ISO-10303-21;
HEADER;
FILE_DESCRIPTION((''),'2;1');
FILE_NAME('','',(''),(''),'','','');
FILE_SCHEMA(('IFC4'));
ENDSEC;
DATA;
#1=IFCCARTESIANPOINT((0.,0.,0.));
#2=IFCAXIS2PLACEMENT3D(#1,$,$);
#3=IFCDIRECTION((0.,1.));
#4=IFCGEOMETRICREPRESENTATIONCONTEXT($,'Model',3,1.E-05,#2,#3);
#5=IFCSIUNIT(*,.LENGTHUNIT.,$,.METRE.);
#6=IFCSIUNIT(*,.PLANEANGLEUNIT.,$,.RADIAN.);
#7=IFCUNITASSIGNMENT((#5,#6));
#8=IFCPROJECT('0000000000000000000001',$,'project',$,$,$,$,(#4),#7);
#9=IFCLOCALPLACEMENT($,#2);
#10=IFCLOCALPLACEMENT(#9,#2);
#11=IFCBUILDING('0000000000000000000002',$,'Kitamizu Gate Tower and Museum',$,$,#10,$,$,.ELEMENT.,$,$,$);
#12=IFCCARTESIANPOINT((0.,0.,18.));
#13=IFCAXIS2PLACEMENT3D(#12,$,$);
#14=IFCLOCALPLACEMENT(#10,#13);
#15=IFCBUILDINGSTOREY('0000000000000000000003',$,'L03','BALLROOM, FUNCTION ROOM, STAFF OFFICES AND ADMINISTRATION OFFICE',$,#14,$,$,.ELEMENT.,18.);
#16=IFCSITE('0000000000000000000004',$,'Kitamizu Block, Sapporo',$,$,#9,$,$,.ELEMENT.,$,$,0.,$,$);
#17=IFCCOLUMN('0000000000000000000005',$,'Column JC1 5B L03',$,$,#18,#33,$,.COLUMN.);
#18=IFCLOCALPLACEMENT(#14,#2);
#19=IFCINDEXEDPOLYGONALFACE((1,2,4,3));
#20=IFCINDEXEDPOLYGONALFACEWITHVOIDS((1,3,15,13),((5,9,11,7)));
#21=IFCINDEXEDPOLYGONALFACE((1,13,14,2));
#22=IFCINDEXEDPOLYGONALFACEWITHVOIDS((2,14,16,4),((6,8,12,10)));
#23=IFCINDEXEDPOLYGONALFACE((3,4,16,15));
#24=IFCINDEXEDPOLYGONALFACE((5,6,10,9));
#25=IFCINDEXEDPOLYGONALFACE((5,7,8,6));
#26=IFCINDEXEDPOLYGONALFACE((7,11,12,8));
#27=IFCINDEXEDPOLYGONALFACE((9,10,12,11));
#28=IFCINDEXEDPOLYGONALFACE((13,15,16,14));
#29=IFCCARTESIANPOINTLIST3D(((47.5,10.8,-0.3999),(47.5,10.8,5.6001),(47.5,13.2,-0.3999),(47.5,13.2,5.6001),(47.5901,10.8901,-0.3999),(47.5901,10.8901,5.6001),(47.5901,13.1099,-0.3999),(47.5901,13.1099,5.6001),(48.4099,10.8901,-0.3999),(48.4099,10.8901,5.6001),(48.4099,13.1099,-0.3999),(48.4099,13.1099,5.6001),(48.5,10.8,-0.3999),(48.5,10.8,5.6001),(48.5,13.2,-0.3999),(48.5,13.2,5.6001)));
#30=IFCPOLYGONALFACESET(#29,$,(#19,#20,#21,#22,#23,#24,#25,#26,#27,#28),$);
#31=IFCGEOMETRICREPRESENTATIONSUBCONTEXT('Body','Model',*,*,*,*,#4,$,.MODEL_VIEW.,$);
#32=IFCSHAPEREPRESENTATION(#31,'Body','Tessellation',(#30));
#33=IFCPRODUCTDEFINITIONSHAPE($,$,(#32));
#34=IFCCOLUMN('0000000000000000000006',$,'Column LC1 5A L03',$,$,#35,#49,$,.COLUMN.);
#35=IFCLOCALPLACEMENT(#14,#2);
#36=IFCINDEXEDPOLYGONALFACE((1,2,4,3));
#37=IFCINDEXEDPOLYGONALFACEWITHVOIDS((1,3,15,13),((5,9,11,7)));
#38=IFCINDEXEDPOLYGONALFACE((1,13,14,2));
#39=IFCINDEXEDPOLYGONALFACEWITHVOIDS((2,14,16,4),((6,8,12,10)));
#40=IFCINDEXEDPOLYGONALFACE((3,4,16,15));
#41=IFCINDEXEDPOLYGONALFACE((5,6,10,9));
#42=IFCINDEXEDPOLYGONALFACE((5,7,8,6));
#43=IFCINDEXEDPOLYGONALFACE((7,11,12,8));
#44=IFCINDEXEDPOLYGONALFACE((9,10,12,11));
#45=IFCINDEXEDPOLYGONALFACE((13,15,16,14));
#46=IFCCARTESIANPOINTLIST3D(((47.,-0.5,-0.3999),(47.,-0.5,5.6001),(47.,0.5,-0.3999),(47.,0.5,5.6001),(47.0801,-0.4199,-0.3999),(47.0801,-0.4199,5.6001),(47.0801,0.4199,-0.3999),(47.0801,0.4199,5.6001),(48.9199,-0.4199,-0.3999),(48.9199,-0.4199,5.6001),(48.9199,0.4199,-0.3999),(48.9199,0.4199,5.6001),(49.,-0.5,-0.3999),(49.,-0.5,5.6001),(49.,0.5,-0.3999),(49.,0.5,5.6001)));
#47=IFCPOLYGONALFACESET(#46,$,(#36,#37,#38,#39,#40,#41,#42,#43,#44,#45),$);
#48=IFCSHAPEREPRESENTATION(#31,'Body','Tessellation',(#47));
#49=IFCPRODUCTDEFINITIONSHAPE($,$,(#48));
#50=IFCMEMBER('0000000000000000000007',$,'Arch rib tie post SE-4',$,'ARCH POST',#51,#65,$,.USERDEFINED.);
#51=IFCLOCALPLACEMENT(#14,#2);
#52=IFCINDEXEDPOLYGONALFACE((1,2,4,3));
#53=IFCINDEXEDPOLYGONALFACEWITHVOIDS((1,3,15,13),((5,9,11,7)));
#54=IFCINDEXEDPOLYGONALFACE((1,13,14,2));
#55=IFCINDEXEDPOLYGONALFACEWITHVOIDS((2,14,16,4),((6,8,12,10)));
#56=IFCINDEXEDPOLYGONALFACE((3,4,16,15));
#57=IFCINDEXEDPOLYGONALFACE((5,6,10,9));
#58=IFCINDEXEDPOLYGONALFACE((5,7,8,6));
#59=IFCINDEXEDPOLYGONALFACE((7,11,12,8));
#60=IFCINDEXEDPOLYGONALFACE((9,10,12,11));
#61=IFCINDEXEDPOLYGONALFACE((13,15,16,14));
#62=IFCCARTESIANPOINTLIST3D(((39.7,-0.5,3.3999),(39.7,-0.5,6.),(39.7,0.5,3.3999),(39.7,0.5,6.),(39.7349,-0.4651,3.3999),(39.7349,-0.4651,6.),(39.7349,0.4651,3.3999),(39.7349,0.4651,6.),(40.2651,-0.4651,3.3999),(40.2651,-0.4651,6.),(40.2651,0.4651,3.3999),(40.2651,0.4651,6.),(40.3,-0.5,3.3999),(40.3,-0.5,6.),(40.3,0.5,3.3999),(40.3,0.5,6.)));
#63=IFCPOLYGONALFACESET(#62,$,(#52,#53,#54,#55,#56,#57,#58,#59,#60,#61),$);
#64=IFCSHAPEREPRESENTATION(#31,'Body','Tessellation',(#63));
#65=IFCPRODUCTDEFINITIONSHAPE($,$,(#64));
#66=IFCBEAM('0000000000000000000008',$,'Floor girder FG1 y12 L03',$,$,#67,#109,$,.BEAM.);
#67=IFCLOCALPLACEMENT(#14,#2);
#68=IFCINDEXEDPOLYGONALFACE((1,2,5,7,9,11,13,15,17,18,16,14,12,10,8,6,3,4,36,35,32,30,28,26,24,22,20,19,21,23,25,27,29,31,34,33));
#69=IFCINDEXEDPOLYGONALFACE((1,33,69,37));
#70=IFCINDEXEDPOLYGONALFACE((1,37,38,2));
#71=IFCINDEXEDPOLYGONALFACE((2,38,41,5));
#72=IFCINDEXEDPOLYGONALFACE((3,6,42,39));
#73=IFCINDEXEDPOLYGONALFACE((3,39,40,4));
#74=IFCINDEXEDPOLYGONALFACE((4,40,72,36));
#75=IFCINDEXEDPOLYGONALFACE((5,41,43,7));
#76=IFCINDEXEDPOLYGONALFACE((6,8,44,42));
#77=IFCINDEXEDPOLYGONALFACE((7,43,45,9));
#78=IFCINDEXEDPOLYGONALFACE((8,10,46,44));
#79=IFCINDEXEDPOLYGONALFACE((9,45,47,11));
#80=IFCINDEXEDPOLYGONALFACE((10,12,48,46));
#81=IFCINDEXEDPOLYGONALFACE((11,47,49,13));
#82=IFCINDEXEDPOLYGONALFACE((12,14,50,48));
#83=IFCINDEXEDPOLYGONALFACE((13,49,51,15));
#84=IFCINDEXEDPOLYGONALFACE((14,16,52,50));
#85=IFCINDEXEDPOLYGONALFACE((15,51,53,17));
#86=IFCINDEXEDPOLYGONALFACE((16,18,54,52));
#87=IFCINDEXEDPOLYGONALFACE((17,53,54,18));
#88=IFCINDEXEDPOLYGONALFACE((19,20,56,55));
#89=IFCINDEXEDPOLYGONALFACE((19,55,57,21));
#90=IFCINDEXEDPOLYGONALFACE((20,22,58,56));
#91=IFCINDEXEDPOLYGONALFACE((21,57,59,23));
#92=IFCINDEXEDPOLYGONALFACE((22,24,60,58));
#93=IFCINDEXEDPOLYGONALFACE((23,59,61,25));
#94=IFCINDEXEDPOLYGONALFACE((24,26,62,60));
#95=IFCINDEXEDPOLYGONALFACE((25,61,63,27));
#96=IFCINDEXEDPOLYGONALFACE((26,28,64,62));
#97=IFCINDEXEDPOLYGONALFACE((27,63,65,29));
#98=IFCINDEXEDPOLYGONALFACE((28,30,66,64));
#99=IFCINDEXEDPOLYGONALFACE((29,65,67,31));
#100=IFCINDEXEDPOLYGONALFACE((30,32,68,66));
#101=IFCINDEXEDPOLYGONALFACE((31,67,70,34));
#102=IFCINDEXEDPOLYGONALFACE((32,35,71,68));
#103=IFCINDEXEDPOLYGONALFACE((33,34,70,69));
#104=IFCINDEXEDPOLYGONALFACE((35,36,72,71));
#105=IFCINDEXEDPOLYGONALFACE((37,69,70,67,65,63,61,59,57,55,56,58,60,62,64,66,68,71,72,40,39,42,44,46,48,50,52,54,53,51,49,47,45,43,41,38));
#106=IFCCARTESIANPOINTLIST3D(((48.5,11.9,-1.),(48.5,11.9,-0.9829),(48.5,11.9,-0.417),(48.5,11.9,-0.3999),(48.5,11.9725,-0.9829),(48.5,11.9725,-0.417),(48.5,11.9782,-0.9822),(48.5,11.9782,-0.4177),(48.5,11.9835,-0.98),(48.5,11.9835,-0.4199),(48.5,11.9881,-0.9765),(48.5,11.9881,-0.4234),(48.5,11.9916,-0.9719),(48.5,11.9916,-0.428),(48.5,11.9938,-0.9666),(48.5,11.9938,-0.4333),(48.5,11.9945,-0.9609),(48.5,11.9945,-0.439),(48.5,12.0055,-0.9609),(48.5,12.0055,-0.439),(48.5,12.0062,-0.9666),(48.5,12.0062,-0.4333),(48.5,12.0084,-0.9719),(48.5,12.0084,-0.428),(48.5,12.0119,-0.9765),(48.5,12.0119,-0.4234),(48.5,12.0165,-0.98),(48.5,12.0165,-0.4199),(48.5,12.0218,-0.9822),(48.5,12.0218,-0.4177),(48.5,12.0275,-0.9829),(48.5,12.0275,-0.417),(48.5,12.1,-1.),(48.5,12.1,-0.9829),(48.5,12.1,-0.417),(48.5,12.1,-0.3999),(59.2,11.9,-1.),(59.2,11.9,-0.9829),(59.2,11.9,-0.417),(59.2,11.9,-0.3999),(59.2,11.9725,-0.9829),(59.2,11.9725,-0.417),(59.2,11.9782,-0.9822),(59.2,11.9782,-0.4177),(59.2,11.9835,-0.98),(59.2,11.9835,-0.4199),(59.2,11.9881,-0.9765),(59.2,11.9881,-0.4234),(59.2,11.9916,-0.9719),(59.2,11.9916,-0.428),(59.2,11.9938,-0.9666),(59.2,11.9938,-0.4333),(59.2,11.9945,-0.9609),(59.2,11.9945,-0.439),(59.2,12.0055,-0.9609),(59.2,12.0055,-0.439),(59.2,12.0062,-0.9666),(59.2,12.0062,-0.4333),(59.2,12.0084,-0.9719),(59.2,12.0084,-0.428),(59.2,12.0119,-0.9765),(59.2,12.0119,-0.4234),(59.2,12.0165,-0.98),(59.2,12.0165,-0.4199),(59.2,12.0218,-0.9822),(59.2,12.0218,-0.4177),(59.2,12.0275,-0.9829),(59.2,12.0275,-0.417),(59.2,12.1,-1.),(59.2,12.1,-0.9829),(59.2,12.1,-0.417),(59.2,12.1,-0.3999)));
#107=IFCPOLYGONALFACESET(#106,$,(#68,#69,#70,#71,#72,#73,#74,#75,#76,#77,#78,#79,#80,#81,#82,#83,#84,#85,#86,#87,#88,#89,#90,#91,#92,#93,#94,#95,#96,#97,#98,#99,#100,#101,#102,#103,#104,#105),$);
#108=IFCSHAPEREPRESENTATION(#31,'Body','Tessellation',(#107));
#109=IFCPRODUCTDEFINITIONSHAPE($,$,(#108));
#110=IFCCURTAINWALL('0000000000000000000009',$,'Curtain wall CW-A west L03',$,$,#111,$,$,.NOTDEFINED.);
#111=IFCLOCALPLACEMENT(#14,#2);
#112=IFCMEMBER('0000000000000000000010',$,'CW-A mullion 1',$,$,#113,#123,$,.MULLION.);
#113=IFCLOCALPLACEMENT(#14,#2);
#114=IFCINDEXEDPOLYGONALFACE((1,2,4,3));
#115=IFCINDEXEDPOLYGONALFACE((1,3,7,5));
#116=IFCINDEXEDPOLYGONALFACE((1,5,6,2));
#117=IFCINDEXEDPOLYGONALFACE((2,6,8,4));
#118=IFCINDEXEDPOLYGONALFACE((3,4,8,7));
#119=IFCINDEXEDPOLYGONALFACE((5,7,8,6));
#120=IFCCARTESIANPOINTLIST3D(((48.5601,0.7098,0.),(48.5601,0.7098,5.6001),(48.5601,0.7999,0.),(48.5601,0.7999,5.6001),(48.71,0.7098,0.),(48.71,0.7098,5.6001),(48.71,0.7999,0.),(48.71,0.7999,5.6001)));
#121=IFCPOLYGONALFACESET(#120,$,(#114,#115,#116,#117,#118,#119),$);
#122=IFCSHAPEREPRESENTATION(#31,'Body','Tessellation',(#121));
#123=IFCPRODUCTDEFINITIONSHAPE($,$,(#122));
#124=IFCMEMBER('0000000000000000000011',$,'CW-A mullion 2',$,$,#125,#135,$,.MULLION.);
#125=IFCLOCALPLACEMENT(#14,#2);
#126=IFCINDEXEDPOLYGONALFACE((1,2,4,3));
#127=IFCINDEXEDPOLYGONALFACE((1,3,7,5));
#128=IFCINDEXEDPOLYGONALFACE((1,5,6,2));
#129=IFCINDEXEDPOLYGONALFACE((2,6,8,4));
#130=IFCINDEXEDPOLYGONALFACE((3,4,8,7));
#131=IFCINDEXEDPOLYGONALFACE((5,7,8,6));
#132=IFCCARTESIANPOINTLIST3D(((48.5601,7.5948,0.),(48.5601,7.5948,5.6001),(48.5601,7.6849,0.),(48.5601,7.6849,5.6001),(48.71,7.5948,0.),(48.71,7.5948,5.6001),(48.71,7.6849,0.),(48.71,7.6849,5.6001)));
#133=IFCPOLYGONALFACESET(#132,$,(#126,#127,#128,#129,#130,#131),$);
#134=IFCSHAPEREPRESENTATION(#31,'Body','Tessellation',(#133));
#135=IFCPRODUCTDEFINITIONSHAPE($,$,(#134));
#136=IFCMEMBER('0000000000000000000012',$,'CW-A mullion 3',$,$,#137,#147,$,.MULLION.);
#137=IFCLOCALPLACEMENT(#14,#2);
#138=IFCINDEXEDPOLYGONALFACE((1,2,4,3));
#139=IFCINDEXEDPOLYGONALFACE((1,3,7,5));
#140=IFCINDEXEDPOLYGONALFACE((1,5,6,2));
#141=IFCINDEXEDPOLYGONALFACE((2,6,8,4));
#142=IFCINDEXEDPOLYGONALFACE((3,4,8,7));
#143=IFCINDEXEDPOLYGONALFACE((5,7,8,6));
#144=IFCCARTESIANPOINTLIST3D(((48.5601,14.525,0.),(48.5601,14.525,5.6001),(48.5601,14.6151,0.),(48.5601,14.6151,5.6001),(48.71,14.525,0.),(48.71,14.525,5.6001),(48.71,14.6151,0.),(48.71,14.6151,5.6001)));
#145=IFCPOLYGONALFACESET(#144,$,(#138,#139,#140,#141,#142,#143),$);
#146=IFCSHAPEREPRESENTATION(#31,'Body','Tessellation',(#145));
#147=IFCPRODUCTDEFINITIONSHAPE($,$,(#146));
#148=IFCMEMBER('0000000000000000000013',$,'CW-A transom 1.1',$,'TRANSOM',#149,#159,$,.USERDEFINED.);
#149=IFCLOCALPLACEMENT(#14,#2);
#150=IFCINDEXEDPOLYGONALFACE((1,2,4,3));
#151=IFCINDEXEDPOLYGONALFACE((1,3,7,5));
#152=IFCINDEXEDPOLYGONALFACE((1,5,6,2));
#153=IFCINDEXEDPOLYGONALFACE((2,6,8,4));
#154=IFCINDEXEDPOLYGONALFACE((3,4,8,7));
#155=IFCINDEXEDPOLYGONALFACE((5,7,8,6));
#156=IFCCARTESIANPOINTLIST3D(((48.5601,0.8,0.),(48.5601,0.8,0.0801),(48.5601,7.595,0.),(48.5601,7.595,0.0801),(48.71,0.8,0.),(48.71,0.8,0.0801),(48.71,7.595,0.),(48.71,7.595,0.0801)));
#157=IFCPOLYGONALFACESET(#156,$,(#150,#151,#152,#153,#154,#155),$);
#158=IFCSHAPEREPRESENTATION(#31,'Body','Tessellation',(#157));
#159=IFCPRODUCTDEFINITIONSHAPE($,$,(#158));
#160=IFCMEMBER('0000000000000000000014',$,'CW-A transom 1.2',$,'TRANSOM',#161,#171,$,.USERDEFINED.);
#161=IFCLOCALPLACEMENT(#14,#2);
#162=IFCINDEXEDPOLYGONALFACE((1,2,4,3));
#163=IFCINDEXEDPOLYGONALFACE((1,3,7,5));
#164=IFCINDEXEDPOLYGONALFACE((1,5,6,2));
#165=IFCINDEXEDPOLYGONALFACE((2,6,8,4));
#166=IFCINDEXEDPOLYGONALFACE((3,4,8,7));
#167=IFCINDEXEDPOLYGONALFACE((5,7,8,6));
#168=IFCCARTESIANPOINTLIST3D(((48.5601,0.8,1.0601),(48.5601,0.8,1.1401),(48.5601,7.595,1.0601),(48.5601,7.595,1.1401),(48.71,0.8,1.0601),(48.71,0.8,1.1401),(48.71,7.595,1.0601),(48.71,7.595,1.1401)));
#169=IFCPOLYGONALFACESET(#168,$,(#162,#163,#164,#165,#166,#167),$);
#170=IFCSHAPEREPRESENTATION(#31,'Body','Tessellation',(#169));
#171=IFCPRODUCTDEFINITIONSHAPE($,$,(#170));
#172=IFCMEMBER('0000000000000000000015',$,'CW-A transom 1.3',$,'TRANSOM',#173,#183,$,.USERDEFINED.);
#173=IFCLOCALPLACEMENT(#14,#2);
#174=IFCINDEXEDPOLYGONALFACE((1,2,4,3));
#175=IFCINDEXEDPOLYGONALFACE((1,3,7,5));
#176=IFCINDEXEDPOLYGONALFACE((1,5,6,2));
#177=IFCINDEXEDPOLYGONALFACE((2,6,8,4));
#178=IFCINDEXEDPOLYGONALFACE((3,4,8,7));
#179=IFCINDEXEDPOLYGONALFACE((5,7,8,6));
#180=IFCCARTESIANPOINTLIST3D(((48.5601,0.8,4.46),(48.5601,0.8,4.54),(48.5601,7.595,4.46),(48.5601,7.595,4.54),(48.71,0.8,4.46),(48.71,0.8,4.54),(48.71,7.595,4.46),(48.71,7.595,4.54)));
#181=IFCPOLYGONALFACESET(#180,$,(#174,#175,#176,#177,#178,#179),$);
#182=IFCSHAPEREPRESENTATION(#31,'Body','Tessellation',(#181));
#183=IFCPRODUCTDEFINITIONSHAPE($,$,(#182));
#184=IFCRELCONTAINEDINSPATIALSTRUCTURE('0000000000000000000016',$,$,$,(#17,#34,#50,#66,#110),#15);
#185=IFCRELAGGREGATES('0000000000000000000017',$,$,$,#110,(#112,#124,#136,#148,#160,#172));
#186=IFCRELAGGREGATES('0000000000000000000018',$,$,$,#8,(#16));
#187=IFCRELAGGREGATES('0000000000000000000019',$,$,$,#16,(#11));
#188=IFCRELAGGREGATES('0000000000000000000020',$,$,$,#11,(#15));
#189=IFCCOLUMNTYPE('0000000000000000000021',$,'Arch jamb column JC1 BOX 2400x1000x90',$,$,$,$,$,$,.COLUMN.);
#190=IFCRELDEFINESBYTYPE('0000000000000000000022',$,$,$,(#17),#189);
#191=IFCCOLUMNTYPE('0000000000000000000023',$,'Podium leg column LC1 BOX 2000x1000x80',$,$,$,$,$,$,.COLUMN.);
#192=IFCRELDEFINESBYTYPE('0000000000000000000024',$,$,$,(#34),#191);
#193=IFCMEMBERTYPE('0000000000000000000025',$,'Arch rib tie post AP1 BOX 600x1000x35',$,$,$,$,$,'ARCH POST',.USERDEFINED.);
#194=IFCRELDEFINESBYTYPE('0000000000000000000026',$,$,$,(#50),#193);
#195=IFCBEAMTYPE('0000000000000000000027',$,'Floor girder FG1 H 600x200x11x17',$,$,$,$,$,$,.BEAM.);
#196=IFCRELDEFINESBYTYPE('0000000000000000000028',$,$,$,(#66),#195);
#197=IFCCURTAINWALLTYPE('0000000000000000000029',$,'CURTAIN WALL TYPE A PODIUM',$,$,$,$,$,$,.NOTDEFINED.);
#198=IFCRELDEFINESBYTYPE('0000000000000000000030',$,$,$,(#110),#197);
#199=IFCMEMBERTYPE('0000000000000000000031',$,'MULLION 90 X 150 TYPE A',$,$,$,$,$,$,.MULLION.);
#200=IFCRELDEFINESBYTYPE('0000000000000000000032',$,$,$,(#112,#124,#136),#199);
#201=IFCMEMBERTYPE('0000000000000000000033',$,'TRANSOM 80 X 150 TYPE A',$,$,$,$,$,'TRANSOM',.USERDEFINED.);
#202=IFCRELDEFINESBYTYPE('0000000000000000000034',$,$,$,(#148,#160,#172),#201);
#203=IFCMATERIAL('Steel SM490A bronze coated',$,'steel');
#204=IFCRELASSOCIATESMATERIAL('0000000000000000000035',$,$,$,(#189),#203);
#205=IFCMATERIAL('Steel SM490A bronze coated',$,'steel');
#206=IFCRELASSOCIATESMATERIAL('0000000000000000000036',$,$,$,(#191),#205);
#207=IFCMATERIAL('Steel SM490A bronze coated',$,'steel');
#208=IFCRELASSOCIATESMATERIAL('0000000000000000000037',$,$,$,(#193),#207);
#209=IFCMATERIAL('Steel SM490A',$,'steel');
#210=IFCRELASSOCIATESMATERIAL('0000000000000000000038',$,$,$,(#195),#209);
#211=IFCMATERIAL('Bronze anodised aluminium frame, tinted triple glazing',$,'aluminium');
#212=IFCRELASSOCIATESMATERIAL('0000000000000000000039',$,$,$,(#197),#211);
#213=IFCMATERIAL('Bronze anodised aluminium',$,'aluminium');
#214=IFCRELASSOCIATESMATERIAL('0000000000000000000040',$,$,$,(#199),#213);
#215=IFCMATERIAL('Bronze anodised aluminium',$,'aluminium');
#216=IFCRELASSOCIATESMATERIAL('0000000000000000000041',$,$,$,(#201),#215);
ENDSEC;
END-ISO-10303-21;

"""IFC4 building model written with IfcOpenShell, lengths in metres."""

from ifc_helpers import new_model, si_unit, direction, frame, origin, origin_2d, place, context, subcontext, project, spatial, rectangle, hollow_rectangle, i_section, extrude, material, material_profile, profile_set, type_object, element, aggregate, save


model = new_model("IFC4")

# Units and contexts
model_context = context("Model", 3, precision=1e-05, world=origin(), true_north=direction((0.0, 1.0)))
body_context = subcontext(model_context, "Body", "Model", "MODEL_VIEW")
ifc_project = project(units=[si_unit("LENGTHUNIT", "METRE"), si_unit("PLANEANGLEUNIT", "RADIAN")], contexts=[model_context])

# Site, building, storey
site_placement = place(None, origin())
site = spatial("IfcSite", under=ifc_project, at=site_placement, Name="Kitamizu Block, Sapporo", CompositionType="ELEMENT", RefElevation=0.0)
building_placement = place(site_placement, origin())
building = spatial("IfcBuilding", under=site, at=building_placement, Name="Kitamizu Gate Tower and Museum", CompositionType="ELEMENT")
storey_placement = place(building_placement, frame((0.0, 0.0, 18.0)))
storey = spatial("IfcBuildingStorey", under=building, at=storey_placement, Name="L03", Description="BALLROOM, FUNCTION ROOM, STAFF OFFICES AND ADMINISTRATION OFFICE", CompositionType="ELEMENT", Elevation=18.0)

# Columns
ifc_material_1 = material(Name="Steel SM490A bronze coated", Category="steel")
ifc_material_profile_1 = material_profile(ifc_material_1, hollow_rectangle(XDim=2.3999, YDim=1.0, WallThickness=0.0901, at=origin_2d()), Name="BOX 2400x1000x90")
ifc_profile_set_1 = profile_set([ifc_material_profile_1], Name="Steel SM490A bronze coated")
column_type_1 = type_object("IfcColumnType", Name="Arch jamb column JC1 BOX 2400x1000x90", PredefinedType="COLUMN", material=ifc_profile_set_1)
column_1_placement = place(storey_placement, frame((48.0, 12.0, -0.3999), z_axis=(0.0, 0.0, 1.0), x_axis=(0.0, 1.0, 0.0)))
element("IfcColumn", 1, at=column_1_placement, inside=storey, type_object=column_type_1, Name="Column JC1 5B L03", PredefinedType="COLUMN", context=body_context, shape_type="SweptSolid", body=[
    extrude(hollow_rectangle(XDim=2.3999, YDim=1.0, WallThickness=0.0901, at=origin_2d()), origin(), (0.0, 0.0, 1.0), 6.0),
])
ifc_material_2 = material(Name="Steel SM490A bronze coated", Category="steel")
ifc_material_profile_2 = material_profile(ifc_material_2, hollow_rectangle(XDim=2.0, YDim=1.0, WallThickness=0.0801, at=origin_2d()), Name="BOX 2000x1000x80")
ifc_profile_set_2 = profile_set([ifc_material_profile_2], Name="Steel SM490A bronze coated")
column_type_2 = type_object("IfcColumnType", Name="Podium leg column LC1 BOX 2000x1000x80", PredefinedType="COLUMN", material=ifc_profile_set_2)
column_2_placement = place(storey_placement, frame((48.0, 0.0, -0.3999), z_axis=(0.0, 0.0, 1.0), x_axis=(1.0, 0.0, 0.0)))
element("IfcColumn", 2, at=column_2_placement, inside=storey, type_object=column_type_2, Name="Column LC1 5A L03", PredefinedType="COLUMN", context=body_context, shape_type="SweptSolid", body=[
    extrude(hollow_rectangle(XDim=2.0, YDim=1.0, WallThickness=0.0801, at=origin_2d()), origin(), (0.0, 0.0, 1.0), 6.0),
])

# Member
ifc_material_3 = material(Name="Steel SM490A bronze coated", Category="steel")
ifc_material_profile_3 = material_profile(ifc_material_3, hollow_rectangle(XDim=0.6001, YDim=1.0, WallThickness=0.0349, at=origin_2d()), Name="BOX 600x1000x35")
ifc_profile_set_3 = profile_set([ifc_material_profile_3], Name="Steel SM490A bronze coated")
member_type_1 = type_object("IfcMemberType", Name="Arch rib tie post AP1 BOX 600x1000x35", ElementType="ARCH POST", PredefinedType="USERDEFINED", material=ifc_profile_set_3)
member_1_placement = place(storey_placement, frame((40.0, 0.0, 3.3999), z_axis=(0.0, 0.0, 1.0), x_axis=(1.0, 0.0, 0.0)))
element("IfcMember", 3, at=member_1_placement, inside=storey, type_object=member_type_1, Name="Arch rib tie post SE-4", ObjectType="ARCH POST", PredefinedType="USERDEFINED", context=body_context, shape_type="SweptSolid", body=[
    extrude(hollow_rectangle(XDim=0.6001, YDim=1.0, WallThickness=0.0349, at=origin_2d()), origin(), (0.0, 0.0, 1.0), 2.6001),
])

# Beam
ifc_material_4 = material(Name="Steel SM490A", Category="steel")
ifc_material_profile_4 = material_profile(ifc_material_4, i_section(OverallWidth=0.2, OverallDepth=0.6001, WebThickness=0.011, FlangeThickness=0.0171, FilletRadius=0.022, at=origin_2d()), Name="H-600x200x11x17")
ifc_profile_set_4 = profile_set([ifc_material_profile_4], Name="Steel SM490A")
beam_type = type_object("IfcBeamType", Name="Floor girder FG1 H 600x200x11x17", PredefinedType="BEAM", material=ifc_profile_set_4)
beam_placement = place(storey_placement, frame((48.5, 12.0, -0.7), z_axis=(1.0, 0.0, 0.0), x_axis=(0.0, 1.0, 0.0)))
element("IfcBeam", 4, at=beam_placement, inside=storey, type_object=beam_type, Name="Floor girder FG1 y12 L03", PredefinedType="BEAM", context=body_context, shape_type="SweptSolid", body=[
    extrude(i_section(OverallWidth=0.2, OverallDepth=0.6001, WebThickness=0.011, FlangeThickness=0.0171, FilletRadius=0.022, at=origin_2d()), origin(), (0.0, 0.0, 1.0), 10.7),
])

# Curtain wall, members
ifc_material_5 = material(Name="Bronze anodised aluminium frame, tinted triple glazing", Category="aluminium")
curtain_wall_type = type_object("IfcCurtainWallType", Name="CURTAIN WALL TYPE A PODIUM", PredefinedType="NOTDEFINED", material=ifc_material_5)
curtain_wall_placement = place(storey_placement, origin())
curtain_wall = element("IfcCurtainWall", 5, at=curtain_wall_placement, inside=storey, type_object=curtain_wall_type, Name="Curtain wall CW-A west L03", PredefinedType="NOTDEFINED")
ifc_material_6 = material(Name="Bronze anodised aluminium", Category="aluminium")
ifc_material_profile_5 = material_profile(ifc_material_6, rectangle(XDim=0.0901, YDim=0.1499, at=origin_2d()), Name="AL 90X150")
ifc_profile_set_5 = profile_set([ifc_material_profile_5], Name="Bronze anodised aluminium")
member_type_2 = type_object("IfcMemberType", Name="MULLION 90 X 150 TYPE A", PredefinedType="MULLION", material=ifc_profile_set_5)
member_2_placement = place(storey_placement, frame((48.635, 0.7549, 0.0), z_axis=(0.0, 0.0, 1.0), x_axis=(0.0, 1.0, 0.0)))
member_2 = element("IfcMember", 6, at=member_2_placement, type_object=member_type_2, Name="CW-A mullion 1", PredefinedType="MULLION", context=body_context, shape_type="SweptSolid", body=[
    extrude(rectangle(XDim=0.0901, YDim=0.1499, at=origin_2d()), origin(), (0.0, 0.0, 1.0), 5.6001),
])
member_3_placement = place(storey_placement, frame((48.635, 7.6399, 0.0), z_axis=(0.0, 0.0, 1.0), x_axis=(0.0, 1.0, 0.0)))
member_3 = element("IfcMember", 7, at=member_3_placement, type_object=member_type_2, Name="CW-A mullion 2", PredefinedType="MULLION", context=body_context, shape_type="SweptSolid", body=[
    extrude(rectangle(XDim=0.0901, YDim=0.1499, at=origin_2d()), origin(), (0.0, 0.0, 1.0), 5.6001),
])
member_4_placement = place(storey_placement, frame((48.635, 14.5701, 0.0), z_axis=(0.0, 0.0, 1.0), x_axis=(0.0, 1.0, 0.0)))
member_4 = element("IfcMember", 8, at=member_4_placement, type_object=member_type_2, Name="CW-A mullion 3", PredefinedType="MULLION", context=body_context, shape_type="SweptSolid", body=[
    extrude(rectangle(XDim=0.0901, YDim=0.1499, at=origin_2d()), origin(), (0.0, 0.0, 1.0), 5.6001),
])
ifc_material_7 = material(Name="Bronze anodised aluminium", Category="aluminium")
ifc_material_profile_6 = material_profile(ifc_material_7, rectangle(XDim=0.1499, YDim=0.0801, at=origin_2d()), Name="AL 80X150")
ifc_profile_set_6 = profile_set([ifc_material_profile_6], Name="Bronze anodised aluminium")
member_type_3 = type_object("IfcMemberType", Name="TRANSOM 80 X 150 TYPE A", ElementType="TRANSOM", PredefinedType="USERDEFINED", material=ifc_profile_set_6)
member_5_placement = place(storey_placement, frame((48.635, 0.8, 0.04), z_axis=(0.0, 1.0, 0.0), x_axis=(-1.0, 0.0, 0.0)))
member_5 = element("IfcMember", 9, at=member_5_placement, type_object=member_type_3, Name="CW-A transom 1.1", ObjectType="TRANSOM", PredefinedType="USERDEFINED", context=body_context, shape_type="SweptSolid", body=[
    extrude(rectangle(XDim=0.1499, YDim=0.0801, at=origin_2d()), origin(), (0.0, 0.0, 1.0), 6.7949),
])
member_6_placement = place(storey_placement, frame((48.635, 0.8, 1.1001), z_axis=(0.0, 1.0, 0.0), x_axis=(-1.0, 0.0, 0.0)))
member_6 = element("IfcMember", 10, at=member_6_placement, type_object=member_type_3, Name="CW-A transom 1.2", ObjectType="TRANSOM", PredefinedType="USERDEFINED", context=body_context, shape_type="SweptSolid", body=[
    extrude(rectangle(XDim=0.1499, YDim=0.0801, at=origin_2d()), origin(), (0.0, 0.0, 1.0), 6.7949),
])
member_7_placement = place(storey_placement, frame((48.635, 0.8, 4.5), z_axis=(0.0, 1.0, 0.0), x_axis=(-1.0, 0.0, 0.0)))
member_7 = element("IfcMember", 11, at=member_7_placement, type_object=member_type_3, Name="CW-A transom 1.3", ObjectType="TRANSOM", PredefinedType="USERDEFINED", context=body_context, shape_type="SweptSolid", body=[
    extrude(rectangle(XDim=0.1499, YDim=0.0801, at=origin_2d()), origin(), (0.0, 0.0, 1.0), 6.7949),
])
aggregate(curtain_wall, [member_2, member_3, member_4, member_5, member_6, member_7])

save(model, "model.ifc")
